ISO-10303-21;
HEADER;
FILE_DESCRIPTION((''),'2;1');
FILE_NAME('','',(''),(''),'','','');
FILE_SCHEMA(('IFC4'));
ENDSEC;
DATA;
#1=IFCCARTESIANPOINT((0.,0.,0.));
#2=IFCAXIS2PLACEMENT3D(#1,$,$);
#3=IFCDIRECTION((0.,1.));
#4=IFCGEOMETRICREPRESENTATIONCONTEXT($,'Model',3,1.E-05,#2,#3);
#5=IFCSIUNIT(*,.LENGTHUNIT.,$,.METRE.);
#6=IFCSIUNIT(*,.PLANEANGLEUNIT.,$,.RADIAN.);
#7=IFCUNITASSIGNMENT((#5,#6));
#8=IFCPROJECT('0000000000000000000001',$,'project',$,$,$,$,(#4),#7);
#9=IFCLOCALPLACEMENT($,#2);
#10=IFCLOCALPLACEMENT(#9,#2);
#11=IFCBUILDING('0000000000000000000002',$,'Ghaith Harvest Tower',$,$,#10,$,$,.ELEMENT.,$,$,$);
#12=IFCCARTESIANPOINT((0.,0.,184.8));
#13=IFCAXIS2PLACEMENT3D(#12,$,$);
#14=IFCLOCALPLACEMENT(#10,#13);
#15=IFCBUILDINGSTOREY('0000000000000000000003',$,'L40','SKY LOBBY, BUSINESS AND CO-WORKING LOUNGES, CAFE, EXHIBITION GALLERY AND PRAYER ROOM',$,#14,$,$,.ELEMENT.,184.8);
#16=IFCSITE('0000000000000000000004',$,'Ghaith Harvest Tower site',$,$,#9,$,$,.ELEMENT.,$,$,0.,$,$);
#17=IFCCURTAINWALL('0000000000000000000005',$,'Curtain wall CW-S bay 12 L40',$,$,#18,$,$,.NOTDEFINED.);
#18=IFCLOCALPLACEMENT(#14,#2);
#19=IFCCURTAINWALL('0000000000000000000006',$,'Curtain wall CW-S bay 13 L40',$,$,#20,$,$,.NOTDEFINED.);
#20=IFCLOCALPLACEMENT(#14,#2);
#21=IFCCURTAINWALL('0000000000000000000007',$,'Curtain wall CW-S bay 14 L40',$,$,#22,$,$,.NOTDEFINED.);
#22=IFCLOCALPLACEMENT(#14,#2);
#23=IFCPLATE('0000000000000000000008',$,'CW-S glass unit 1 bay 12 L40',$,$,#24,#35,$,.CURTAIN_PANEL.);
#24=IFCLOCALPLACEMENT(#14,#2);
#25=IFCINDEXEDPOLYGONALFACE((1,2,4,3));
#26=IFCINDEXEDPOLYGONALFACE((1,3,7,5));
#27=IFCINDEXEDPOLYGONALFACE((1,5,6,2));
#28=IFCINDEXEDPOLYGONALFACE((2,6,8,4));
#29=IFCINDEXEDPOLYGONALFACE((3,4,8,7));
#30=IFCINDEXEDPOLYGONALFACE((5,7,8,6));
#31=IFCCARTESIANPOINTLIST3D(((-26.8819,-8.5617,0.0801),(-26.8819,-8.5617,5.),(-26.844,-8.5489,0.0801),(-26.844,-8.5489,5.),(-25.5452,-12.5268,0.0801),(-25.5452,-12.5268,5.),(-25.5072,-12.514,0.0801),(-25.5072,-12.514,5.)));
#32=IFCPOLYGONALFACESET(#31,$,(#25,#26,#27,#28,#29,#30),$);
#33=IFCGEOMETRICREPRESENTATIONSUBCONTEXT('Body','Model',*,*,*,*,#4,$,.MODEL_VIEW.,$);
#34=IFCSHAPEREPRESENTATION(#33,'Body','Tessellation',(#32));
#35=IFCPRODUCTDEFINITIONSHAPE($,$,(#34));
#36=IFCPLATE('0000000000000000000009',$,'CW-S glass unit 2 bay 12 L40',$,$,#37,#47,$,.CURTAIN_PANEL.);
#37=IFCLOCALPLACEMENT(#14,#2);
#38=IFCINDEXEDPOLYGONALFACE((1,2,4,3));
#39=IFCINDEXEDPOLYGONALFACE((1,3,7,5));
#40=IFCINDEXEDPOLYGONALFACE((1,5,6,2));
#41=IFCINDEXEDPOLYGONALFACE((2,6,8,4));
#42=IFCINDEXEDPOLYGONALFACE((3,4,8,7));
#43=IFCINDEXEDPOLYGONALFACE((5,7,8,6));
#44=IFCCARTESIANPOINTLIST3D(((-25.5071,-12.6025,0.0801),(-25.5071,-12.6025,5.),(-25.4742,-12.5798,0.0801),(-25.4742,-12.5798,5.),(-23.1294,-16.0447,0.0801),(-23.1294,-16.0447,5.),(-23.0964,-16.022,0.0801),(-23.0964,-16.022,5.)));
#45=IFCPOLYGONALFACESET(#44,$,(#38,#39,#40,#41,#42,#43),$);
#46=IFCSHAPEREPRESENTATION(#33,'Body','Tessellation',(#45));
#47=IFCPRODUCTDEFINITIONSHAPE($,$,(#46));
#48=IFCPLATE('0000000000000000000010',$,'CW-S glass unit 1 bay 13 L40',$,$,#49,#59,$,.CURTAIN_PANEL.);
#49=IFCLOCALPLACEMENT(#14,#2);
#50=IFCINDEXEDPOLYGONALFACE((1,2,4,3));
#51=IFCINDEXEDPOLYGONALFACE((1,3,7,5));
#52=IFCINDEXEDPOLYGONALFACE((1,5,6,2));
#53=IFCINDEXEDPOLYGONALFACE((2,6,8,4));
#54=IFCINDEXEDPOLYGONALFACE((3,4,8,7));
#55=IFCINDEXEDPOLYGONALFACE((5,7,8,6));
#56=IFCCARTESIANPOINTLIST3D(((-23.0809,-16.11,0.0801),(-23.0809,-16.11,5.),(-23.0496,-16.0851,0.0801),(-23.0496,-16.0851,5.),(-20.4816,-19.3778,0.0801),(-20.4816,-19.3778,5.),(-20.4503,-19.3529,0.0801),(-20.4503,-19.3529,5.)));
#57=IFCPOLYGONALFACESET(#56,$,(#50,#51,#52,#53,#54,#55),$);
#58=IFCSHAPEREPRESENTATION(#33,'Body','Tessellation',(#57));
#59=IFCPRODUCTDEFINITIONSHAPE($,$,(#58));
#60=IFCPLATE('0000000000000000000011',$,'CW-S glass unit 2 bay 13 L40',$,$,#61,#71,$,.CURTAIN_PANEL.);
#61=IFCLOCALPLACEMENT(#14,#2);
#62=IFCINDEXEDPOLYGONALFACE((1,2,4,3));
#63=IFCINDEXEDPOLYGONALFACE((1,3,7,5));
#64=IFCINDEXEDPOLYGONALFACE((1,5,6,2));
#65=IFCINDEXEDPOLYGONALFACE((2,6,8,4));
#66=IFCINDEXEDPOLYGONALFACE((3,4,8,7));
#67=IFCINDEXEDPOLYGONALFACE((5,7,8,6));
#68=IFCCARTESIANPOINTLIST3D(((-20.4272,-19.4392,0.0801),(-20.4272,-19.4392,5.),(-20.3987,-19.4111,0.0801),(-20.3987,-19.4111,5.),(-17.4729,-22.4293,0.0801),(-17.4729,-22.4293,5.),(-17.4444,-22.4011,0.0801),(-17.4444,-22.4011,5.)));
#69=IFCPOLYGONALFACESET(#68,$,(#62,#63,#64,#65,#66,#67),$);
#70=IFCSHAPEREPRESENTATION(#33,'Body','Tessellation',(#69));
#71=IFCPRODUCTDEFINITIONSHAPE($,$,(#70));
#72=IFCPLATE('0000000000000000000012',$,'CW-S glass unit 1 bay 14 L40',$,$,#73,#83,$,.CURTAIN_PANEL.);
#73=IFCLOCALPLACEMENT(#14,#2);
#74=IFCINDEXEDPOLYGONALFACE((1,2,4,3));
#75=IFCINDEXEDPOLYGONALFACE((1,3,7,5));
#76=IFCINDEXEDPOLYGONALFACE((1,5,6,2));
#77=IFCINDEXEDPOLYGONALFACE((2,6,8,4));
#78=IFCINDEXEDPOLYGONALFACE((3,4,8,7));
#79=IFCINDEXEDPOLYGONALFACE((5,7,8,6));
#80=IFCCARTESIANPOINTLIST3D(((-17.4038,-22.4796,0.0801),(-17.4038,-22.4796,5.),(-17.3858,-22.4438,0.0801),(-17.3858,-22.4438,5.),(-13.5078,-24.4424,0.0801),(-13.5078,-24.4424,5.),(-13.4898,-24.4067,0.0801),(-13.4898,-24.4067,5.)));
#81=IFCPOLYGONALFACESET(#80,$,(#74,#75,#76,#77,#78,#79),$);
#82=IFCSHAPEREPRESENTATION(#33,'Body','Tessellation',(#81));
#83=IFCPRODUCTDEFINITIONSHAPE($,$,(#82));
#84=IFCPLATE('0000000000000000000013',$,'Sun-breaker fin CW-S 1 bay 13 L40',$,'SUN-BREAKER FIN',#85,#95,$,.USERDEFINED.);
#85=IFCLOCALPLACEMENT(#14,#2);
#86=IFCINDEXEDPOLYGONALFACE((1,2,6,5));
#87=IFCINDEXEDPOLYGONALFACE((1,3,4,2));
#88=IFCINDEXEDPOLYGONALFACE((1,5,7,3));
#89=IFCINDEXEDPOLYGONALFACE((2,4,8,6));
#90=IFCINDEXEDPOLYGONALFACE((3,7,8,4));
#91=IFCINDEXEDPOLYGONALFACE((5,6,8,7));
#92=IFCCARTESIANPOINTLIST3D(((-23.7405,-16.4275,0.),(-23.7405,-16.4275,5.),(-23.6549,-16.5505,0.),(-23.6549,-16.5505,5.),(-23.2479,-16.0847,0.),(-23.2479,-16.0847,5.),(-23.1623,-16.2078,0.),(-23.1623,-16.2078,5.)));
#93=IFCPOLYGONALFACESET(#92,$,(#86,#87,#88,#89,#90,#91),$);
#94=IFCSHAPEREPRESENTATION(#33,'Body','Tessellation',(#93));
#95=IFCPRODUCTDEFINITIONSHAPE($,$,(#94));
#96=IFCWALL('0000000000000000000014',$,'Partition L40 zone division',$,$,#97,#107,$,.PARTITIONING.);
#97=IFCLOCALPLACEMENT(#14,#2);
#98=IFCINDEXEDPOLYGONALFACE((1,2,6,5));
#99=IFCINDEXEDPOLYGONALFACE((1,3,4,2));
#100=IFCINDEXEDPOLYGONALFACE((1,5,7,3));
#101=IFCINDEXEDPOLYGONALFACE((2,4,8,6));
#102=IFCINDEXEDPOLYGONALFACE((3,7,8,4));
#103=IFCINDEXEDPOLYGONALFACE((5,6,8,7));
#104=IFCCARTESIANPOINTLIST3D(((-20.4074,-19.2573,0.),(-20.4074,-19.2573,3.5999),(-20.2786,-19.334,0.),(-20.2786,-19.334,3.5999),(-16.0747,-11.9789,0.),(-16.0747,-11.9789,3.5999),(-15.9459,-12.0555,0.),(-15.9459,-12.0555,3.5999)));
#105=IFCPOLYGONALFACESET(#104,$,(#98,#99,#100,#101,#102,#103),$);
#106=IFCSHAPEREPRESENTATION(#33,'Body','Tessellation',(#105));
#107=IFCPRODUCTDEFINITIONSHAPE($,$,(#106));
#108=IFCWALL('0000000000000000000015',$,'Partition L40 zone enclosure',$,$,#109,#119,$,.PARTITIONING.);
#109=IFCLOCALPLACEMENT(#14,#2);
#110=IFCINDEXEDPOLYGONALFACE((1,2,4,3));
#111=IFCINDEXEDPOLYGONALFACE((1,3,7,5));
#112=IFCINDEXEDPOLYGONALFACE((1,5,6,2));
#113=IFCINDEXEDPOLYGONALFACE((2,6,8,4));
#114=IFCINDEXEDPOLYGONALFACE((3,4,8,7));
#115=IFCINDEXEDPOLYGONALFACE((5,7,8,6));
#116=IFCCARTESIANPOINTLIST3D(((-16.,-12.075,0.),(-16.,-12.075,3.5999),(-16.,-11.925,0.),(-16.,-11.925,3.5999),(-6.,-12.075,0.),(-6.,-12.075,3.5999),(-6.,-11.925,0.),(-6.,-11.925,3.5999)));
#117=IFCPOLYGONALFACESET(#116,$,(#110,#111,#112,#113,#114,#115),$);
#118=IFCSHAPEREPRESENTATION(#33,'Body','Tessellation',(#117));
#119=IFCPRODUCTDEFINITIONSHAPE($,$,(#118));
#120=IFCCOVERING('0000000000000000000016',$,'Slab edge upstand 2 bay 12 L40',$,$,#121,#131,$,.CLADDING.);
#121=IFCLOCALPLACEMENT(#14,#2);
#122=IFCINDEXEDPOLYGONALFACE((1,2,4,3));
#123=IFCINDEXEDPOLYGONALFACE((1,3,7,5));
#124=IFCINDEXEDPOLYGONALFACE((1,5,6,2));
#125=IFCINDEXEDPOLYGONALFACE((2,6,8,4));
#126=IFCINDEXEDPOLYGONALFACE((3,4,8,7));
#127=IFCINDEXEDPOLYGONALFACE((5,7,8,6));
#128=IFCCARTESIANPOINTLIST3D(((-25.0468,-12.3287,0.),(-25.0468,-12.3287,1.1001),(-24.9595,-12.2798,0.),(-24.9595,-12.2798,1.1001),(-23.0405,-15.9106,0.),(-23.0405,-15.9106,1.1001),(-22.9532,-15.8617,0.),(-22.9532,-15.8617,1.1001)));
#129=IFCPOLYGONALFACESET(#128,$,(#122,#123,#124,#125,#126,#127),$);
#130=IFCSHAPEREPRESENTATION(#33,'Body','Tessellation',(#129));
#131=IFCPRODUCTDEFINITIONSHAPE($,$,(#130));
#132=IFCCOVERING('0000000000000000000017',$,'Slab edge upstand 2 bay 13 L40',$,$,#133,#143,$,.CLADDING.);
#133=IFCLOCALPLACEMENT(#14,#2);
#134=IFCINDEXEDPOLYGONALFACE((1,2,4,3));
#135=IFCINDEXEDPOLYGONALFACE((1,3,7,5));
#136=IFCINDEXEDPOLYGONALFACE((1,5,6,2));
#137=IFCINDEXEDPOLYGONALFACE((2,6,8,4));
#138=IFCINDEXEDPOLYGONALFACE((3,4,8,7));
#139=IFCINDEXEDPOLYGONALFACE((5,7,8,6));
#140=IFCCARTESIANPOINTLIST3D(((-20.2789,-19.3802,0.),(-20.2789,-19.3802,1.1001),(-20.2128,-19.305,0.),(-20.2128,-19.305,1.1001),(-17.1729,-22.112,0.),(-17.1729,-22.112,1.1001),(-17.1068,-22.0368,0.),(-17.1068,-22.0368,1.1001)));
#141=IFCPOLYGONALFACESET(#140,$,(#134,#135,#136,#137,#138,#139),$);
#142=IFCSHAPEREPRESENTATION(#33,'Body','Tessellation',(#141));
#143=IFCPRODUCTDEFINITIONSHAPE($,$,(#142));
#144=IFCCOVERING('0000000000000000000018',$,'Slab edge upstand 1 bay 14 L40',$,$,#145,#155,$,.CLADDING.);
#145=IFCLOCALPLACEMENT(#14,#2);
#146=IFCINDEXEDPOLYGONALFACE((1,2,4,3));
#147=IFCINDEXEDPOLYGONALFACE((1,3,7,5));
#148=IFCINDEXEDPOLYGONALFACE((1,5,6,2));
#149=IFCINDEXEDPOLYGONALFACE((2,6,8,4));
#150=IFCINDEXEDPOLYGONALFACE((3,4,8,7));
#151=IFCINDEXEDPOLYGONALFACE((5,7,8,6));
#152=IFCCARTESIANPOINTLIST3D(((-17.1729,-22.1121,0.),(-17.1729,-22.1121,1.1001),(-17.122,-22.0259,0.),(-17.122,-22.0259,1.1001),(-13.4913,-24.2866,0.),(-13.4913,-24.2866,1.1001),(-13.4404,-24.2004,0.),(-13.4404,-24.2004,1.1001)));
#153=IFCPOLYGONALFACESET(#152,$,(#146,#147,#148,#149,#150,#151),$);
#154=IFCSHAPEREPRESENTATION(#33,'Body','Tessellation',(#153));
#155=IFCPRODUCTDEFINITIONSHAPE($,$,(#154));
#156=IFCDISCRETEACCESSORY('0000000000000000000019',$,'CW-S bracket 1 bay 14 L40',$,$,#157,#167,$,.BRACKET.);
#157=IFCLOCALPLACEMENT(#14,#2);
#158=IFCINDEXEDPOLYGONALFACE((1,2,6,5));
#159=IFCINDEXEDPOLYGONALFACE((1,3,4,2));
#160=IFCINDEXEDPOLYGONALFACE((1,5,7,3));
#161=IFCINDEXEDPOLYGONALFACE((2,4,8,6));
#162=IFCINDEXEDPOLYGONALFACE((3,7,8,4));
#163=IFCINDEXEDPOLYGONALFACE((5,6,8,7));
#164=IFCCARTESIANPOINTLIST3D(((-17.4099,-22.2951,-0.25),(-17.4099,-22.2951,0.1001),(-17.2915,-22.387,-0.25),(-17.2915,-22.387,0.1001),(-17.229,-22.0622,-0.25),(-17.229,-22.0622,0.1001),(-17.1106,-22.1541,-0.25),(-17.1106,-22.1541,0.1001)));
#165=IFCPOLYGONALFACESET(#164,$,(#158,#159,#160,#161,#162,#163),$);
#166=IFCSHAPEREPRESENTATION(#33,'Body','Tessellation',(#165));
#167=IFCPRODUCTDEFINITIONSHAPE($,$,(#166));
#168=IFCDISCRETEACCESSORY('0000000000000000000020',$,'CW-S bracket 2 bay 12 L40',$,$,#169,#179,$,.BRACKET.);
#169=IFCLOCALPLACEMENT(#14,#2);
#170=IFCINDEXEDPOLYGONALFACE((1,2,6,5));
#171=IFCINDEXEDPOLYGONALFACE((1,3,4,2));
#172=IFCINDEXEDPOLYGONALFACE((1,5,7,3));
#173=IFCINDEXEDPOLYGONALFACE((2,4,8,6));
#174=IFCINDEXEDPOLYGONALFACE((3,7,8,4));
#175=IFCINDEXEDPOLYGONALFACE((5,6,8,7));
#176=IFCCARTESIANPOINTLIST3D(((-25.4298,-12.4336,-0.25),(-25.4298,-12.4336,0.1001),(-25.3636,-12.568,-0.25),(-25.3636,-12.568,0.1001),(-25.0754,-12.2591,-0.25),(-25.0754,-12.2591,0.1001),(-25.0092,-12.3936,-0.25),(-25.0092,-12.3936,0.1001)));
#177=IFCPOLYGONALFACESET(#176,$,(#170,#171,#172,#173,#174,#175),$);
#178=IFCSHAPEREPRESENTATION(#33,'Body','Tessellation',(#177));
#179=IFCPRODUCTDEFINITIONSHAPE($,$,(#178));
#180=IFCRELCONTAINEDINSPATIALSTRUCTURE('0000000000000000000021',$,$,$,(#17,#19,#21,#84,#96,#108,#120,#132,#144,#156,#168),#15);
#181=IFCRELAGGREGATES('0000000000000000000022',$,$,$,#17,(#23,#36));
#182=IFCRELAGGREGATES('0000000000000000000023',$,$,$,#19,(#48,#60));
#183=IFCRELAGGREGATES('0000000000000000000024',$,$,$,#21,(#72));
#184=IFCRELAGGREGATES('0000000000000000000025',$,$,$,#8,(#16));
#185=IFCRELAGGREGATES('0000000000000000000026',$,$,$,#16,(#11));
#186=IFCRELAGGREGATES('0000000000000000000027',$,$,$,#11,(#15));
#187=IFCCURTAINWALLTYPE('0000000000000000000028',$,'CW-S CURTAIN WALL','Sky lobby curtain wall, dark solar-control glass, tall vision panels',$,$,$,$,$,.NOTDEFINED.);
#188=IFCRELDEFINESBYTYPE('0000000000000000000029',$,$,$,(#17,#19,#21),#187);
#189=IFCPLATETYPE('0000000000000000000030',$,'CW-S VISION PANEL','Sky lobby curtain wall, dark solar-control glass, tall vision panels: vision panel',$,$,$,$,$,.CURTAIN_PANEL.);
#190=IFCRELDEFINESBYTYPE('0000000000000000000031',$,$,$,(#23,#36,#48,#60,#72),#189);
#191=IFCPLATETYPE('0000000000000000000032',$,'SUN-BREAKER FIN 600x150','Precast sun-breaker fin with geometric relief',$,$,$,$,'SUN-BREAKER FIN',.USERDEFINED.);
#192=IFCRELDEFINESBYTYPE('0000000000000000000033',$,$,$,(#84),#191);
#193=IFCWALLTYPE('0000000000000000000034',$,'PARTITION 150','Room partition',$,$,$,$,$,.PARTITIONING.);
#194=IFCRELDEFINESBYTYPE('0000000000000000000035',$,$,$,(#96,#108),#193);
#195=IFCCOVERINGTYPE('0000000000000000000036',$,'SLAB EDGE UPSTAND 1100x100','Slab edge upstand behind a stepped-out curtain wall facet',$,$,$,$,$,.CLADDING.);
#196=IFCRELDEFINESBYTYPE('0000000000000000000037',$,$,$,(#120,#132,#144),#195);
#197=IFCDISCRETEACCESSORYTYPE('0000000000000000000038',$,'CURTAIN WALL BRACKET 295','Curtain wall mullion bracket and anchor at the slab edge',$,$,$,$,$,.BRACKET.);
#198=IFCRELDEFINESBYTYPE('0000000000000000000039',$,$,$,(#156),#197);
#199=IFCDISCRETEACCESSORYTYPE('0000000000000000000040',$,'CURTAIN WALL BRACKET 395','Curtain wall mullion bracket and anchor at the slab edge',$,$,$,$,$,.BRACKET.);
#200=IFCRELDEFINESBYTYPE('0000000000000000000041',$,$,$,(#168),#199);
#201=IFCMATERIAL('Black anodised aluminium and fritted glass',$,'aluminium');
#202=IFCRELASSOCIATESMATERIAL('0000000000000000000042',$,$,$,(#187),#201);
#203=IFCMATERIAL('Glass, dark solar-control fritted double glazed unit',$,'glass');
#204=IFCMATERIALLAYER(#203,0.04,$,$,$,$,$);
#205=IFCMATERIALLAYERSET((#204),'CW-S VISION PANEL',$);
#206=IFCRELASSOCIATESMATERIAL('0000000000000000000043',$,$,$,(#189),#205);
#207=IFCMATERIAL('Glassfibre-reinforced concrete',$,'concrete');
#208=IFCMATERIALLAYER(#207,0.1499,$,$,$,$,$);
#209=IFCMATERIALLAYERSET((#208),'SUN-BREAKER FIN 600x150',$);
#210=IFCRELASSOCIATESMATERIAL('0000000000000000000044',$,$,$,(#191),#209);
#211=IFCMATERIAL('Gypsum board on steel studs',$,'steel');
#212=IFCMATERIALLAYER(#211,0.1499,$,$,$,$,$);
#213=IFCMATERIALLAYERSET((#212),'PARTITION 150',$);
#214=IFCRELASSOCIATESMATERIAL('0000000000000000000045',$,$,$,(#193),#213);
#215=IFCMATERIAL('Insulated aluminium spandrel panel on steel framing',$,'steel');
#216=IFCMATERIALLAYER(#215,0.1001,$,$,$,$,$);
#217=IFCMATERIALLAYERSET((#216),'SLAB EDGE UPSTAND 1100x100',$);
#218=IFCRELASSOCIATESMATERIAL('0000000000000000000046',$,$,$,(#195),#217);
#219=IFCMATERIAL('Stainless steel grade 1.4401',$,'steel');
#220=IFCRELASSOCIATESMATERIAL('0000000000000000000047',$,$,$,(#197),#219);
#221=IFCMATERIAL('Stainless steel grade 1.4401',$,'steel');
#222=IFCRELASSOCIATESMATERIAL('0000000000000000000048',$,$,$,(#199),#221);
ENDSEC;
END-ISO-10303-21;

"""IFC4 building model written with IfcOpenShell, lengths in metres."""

from ifc_helpers import new_model, si_unit, direction, frame, frame_2d, origin, origin_2d, place, context, subcontext, project, spatial, rectangle, extrude, material, layer, layer_set, type_object, element, aggregate, save


model = new_model("IFC4")

# Units and contexts
model_context = context("Model", 3, precision=1e-05, world=origin(), true_north=direction((0.0, 1.0)))
body_context = subcontext(model_context, "Body", "Model", "MODEL_VIEW")
ifc_project = project(units=[si_unit("LENGTHUNIT", "METRE"), si_unit("PLANEANGLEUNIT", "RADIAN")], contexts=[model_context])

# Site, building, storey
site_placement = place(None, origin())
site = spatial("IfcSite", under=ifc_project, at=site_placement, Name="Ghaith Harvest Tower site", CompositionType="ELEMENT", RefElevation=0.0)
building_placement = place(site_placement, origin())
building = spatial("IfcBuilding", under=site, at=building_placement, Name="Ghaith Harvest Tower", CompositionType="ELEMENT")
storey_placement = place(building_placement, frame((0.0, 0.0, 184.8)))
storey = spatial("IfcBuildingStorey", under=building, at=storey_placement, Name="L40", Description="SKY LOBBY, BUSINESS AND CO-WORKING LOUNGES, CAFE, EXHIBITION GALLERY AND PRAYER ROOM", CompositionType="ELEMENT", Elevation=184.8)

# Curtain wall
ifc_material_1 = material(Name="Black anodised aluminium and fritted glass", Category="aluminium")
curtain_wall_type = type_object("IfcCurtainWallType", Name="CW-S CURTAIN WALL", Description="Sky lobby curtain wall, dark solar-control glass, tall vision panels", PredefinedType="NOTDEFINED", material=ifc_material_1)
curtain_wall_1_placement = place(storey_placement, origin())
curtain_wall_1 = element("IfcCurtainWall", 1, at=curtain_wall_1_placement, inside=storey, type_object=curtain_wall_type, Name="Curtain wall CW-S bay 12 L40", PredefinedType="NOTDEFINED")

# Curtain wall
curtain_wall_2_placement = place(storey_placement, origin())
curtain_wall_2 = element("IfcCurtainWall", 2, at=curtain_wall_2_placement, inside=storey, type_object=curtain_wall_type, Name="Curtain wall CW-S bay 13 L40", PredefinedType="NOTDEFINED")

# Curtain wall
curtain_wall_3_placement = place(storey_placement, origin())
curtain_wall_3 = element("IfcCurtainWall", 3, at=curtain_wall_3_placement, inside=storey, type_object=curtain_wall_type, Name="Curtain wall CW-S bay 14 L40", PredefinedType="NOTDEFINED")

# Plates
ifc_material_2 = material(Name="Glass, dark solar-control fritted double glazed unit", Category="glass")
ifc_layer_1 = layer(ifc_material_2, 0.04)
ifc_layer_set_1 = layer_set([ifc_layer_1], Name="CW-S VISION PANEL")
plate_type_1 = type_object("IfcPlateType", Name="CW-S VISION PANEL", Description="Sky lobby curtain wall, dark solar-control glass, tall vision panels: vision panel", PredefinedType="CURTAIN_PANEL", material=ifc_layer_set_1)
plate_1_placement = place(storey_placement, frame((-26.1946, -10.5378, 0.0801), z_axis=(0.0, 0.0, 1.0), x_axis=(0.319477, -0.947594, 0.0)))
plate_1 = element("IfcPlate", 4, at=plate_1_placement, type_object=plate_type_1, Name="CW-S glass unit 1 bay 12 L40", PredefinedType="CURTAIN_PANEL", context=body_context, shape_type="SweptSolid", body=[
    extrude(rectangle(XDim=4.1843, YDim=0.04, at=origin_2d()), origin(), (0.0, 0.0, 1.0), 4.9199),
])
plate_2_placement = place(storey_placement, frame((-24.3018, -14.3123, 0.0801), z_axis=(0.0, 0.0, 1.0), x_axis=(0.568348, -0.822788, 0.0)))
plate_2 = element("IfcPlate", 5, at=plate_2_placement, type_object=plate_type_1, Name="CW-S glass unit 2 bay 12 L40", PredefinedType="CURTAIN_PANEL", context=body_context, shape_type="SweptSolid", body=[
    extrude(rectangle(XDim=4.1836, YDim=0.04, at=origin_2d()), origin(), (0.0, 0.0, 1.0), 4.9199),
])
aggregate(curtain_wall_1, [plate_1, plate_2])
plate_3_placement = place(storey_placement, frame((-21.7656, -17.7314, 0.0801), z_axis=(0.0, 0.0, 1.0), x_axis=(0.622507, -0.782614, 0.0)))
plate_3 = element("IfcPlate", 6, at=plate_3_placement, type_object=plate_type_1, Name="CW-S glass unit 1 bay 13 L40", PredefinedType="CURTAIN_PANEL", context=body_context, shape_type="SweptSolid", body=[
    extrude(rectangle(XDim=4.1755, YDim=0.04, at=origin_2d()), origin(), (0.0, 0.0, 1.0), 4.9199),
])
plate_4_placement = place(storey_placement, frame((-18.9358, -20.9202, 0.0801), z_axis=(0.0, 0.0, 1.0), x_axis=(0.702843, -0.711345, 0.0)))
plate_4 = element("IfcPlate", 7, at=plate_4_placement, type_object=plate_type_1, Name="CW-S glass unit 2 bay 13 L40", PredefinedType="CURTAIN_PANEL", context=body_context, shape_type="SweptSolid", body=[
    extrude(rectangle(XDim=4.2034, YDim=0.04, at=origin_2d()), origin(), (0.0, 0.0, 1.0), 4.9199),
])
aggregate(curtain_wall_2, [plate_3, plate_4])
plate_5_placement = place(storey_placement, frame((-15.4468, -23.4431, 0.0801), z_axis=(0.0, 0.0, 1.0), x_axis=(0.893062, -0.449933, 0.0)))
plate_5 = element("IfcPlate", 8, at=plate_5_placement, type_object=plate_type_1, Name="CW-S glass unit 1 bay 14 L40", PredefinedType="CURTAIN_PANEL", context=body_context, shape_type="SweptSolid", body=[
    extrude(rectangle(XDim=4.3625, YDim=0.04, at=origin_2d()), origin(), (0.0, 0.0, 1.0), 4.9199),
])
aggregate(curtain_wall_3, [plate_5])
ifc_material_3 = material(Name="Glassfibre-reinforced concrete", Category="concrete")
ifc_layer_2 = layer(ifc_material_3, 0.1499)
ifc_layer_set_2 = layer_set([ifc_layer_2], Name="SUN-BREAKER FIN 600x150")
plate_type_2 = type_object("IfcPlateType", Name="SUN-BREAKER FIN 600x150", Description="Precast sun-breaker fin with geometric relief", ElementType="SUN-BREAKER FIN", PredefinedType="USERDEFINED", material=ifc_layer_set_2)
plate_6_placement = place(storey_placement, frame((-23.4514, -16.3176, 0.0), z_axis=(0.0, 0.0, 1.0), x_axis=(-0.820845, -0.57115, 0.0)))
element("IfcPlate", 9, at=plate_6_placement, inside=storey, type_object=plate_type_2, Name="Sun-breaker fin CW-S 1 bay 13 L40", ObjectType="SUN-BREAKER FIN", PredefinedType="USERDEFINED", context=body_context, shape_type="SweptSolid", body=[
    extrude(rectangle(XDim=0.6001, YDim=0.1499, at=origin_2d()), origin(), (0.0, 0.0, 1.0), 5.0),
])

# Walls
ifc_material_4 = material(Name="Gypsum board on steel studs", Category="steel")
ifc_layer_3 = layer(ifc_material_4, 0.1499)
ifc_layer_set_3 = layer_set([ifc_layer_3], Name="PARTITION 150")
wall_type = type_object("IfcWallType", Name="PARTITION 150", Description="Room partition", PredefinedType="PARTITIONING", material=ifc_layer_set_3)
wall_1_placement = place(storey_placement, frame((-16.0103, -12.0171, 0.0), z_axis=(0.0, 0.0, 1.0), x_axis=(-0.511509, -0.859278, 0.0)))
element("IfcWall", 10, at=wall_1_placement, inside=storey, type_object=wall_type, Name="Partition L40 zone division", PredefinedType="PARTITIONING", context=body_context, shape_type="SweptSolid", body=[
    extrude(rectangle(XDim=8.4705, YDim=0.1499, at=frame_2d((4.2354, 0.0))), origin(), (0.0, 0.0, 1.0), 3.5999),
])
wall_2_placement = place(storey_placement, frame((-16.0, -12.0, 0.0), z_axis=(0.0, 0.0, 1.0), x_axis=(1.0, 0.0, 0.0)))
element("IfcWall", 11, at=wall_2_placement, inside=storey, type_object=wall_type, Name="Partition L40 zone enclosure", PredefinedType="PARTITIONING", context=body_context, shape_type="SweptSolid", body=[
    extrude(rectangle(XDim=10.0, YDim=0.1499, at=frame_2d((5.0, 0.0))), origin(), (0.0, 0.0, 1.0), 3.5999),
])

# Coverings
ifc_material_5 = material(Name="Insulated aluminium spandrel panel on steel framing", Category="steel")
ifc_layer_4 = layer(ifc_material_5, 0.1001)
ifc_layer_set_4 = layer_set([ifc_layer_4], Name="SLAB EDGE UPSTAND 1100x100")
covering_type = type_object("IfcCoveringType", Name="SLAB EDGE UPSTAND 1100x100", Description="Slab edge upstand behind a stepped-out curtain wall facet", PredefinedType="CLADDING", material=ifc_layer_set_4)
covering_1_placement = place(storey_placement, frame((-24.0, -14.0952, 0.0), z_axis=(0.0, 0.0, 1.0), x_axis=(0.488684, -0.872461, 0.0)))
element("IfcCovering", 12, at=covering_1_placement, inside=storey, type_object=covering_type, Name="Slab edge upstand 2 bay 12 L40", PredefinedType="CLADDING", context=body_context, shape_type="SweptSolid", body=[
    extrude(rectangle(XDim=4.1055, YDim=0.1001, at=origin_2d()), origin(), (0.0, 0.0, 1.0), 1.1001),
])
covering_2_placement = place(storey_placement, frame((-18.6929, -20.7085, 0.0), z_axis=(0.0, 0.0, 1.0), x_axis=(0.750892, -0.660425, 0.0)))
element("IfcCovering", 13, at=covering_2_placement, inside=storey, type_object=covering_type, Name="Slab edge upstand 2 bay 13 L40", PredefinedType="CLADDING", context=body_context, shape_type="SweptSolid", body=[
    extrude(rectangle(XDim=4.1365, YDim=0.1001, at=origin_2d()), origin(), (0.0, 0.0, 1.0), 1.1001),
])
covering_3_placement = place(storey_placement, frame((-15.3066, -23.1562, 0.0), z_axis=(0.0, 0.0, 1.0), x_axis=(0.861021, -0.50857, 0.0)))
element("IfcCovering", 14, at=covering_3_placement, inside=storey, type_object=covering_type, Name="Slab edge upstand 1 bay 14 L40", PredefinedType="CLADDING", context=body_context, shape_type="SweptSolid", body=[
    extrude(rectangle(XDim=4.2759, YDim=0.1001, at=origin_2d()), origin(), (0.0, 0.0, 1.0), 1.1001),
])

# Discrete accessories
ifc_material_6 = material(Name="Stainless steel grade 1.4401", Category="steel")
discrete_accessory_type_1 = type_object("IfcDiscreteAccessoryType", Name="CURTAIN WALL BRACKET 295", Description="Curtain wall mullion bracket and anchor at the slab edge", PredefinedType="BRACKET", material=ifc_material_6)
discrete_accessory_1_placement = place(storey_placement, frame((-17.2603, -22.2246, -0.25), z_axis=(0.0, 0.0, 1.0), x_axis=(-0.613378, -0.78979, 0.0)))
element("IfcDiscreteAccessory", 15, at=discrete_accessory_1_placement, inside=storey, type_object=discrete_accessory_type_1, Name="CW-S bracket 1 bay 14 L40", PredefinedType="BRACKET", context=body_context, shape_type="SweptSolid", body=[
    extrude(rectangle(XDim=0.2949, YDim=0.1499, at=origin_2d()), origin(), (0.0, 0.0, 1.0), 0.3501),
])
ifc_material_7 = material(Name="Stainless steel grade 1.4401", Category="steel")
discrete_accessory_type_2 = type_object("IfcDiscreteAccessoryType", Name="CURTAIN WALL BRACKET 395", Description="Curtain wall mullion bracket and anchor at the slab edge", PredefinedType="BRACKET", material=ifc_material_7)
discrete_accessory_2_placement = place(storey_placement, frame((-25.2195, -12.4136, -0.25), z_axis=(0.0, 0.0, 1.0), x_axis=(-0.897201, -0.441622, 0.0)))
element("IfcDiscreteAccessory", 16, at=discrete_accessory_2_placement, inside=storey, type_object=discrete_accessory_type_2, Name="CW-S bracket 2 bay 12 L40", PredefinedType="BRACKET", context=body_context, shape_type="SweptSolid", body=[
    extrude(rectangle(XDim=0.395, YDim=0.1499, at=origin_2d()), origin(), (0.0, 0.0, 1.0), 0.3501),
])

save(model, "model.ifc")
